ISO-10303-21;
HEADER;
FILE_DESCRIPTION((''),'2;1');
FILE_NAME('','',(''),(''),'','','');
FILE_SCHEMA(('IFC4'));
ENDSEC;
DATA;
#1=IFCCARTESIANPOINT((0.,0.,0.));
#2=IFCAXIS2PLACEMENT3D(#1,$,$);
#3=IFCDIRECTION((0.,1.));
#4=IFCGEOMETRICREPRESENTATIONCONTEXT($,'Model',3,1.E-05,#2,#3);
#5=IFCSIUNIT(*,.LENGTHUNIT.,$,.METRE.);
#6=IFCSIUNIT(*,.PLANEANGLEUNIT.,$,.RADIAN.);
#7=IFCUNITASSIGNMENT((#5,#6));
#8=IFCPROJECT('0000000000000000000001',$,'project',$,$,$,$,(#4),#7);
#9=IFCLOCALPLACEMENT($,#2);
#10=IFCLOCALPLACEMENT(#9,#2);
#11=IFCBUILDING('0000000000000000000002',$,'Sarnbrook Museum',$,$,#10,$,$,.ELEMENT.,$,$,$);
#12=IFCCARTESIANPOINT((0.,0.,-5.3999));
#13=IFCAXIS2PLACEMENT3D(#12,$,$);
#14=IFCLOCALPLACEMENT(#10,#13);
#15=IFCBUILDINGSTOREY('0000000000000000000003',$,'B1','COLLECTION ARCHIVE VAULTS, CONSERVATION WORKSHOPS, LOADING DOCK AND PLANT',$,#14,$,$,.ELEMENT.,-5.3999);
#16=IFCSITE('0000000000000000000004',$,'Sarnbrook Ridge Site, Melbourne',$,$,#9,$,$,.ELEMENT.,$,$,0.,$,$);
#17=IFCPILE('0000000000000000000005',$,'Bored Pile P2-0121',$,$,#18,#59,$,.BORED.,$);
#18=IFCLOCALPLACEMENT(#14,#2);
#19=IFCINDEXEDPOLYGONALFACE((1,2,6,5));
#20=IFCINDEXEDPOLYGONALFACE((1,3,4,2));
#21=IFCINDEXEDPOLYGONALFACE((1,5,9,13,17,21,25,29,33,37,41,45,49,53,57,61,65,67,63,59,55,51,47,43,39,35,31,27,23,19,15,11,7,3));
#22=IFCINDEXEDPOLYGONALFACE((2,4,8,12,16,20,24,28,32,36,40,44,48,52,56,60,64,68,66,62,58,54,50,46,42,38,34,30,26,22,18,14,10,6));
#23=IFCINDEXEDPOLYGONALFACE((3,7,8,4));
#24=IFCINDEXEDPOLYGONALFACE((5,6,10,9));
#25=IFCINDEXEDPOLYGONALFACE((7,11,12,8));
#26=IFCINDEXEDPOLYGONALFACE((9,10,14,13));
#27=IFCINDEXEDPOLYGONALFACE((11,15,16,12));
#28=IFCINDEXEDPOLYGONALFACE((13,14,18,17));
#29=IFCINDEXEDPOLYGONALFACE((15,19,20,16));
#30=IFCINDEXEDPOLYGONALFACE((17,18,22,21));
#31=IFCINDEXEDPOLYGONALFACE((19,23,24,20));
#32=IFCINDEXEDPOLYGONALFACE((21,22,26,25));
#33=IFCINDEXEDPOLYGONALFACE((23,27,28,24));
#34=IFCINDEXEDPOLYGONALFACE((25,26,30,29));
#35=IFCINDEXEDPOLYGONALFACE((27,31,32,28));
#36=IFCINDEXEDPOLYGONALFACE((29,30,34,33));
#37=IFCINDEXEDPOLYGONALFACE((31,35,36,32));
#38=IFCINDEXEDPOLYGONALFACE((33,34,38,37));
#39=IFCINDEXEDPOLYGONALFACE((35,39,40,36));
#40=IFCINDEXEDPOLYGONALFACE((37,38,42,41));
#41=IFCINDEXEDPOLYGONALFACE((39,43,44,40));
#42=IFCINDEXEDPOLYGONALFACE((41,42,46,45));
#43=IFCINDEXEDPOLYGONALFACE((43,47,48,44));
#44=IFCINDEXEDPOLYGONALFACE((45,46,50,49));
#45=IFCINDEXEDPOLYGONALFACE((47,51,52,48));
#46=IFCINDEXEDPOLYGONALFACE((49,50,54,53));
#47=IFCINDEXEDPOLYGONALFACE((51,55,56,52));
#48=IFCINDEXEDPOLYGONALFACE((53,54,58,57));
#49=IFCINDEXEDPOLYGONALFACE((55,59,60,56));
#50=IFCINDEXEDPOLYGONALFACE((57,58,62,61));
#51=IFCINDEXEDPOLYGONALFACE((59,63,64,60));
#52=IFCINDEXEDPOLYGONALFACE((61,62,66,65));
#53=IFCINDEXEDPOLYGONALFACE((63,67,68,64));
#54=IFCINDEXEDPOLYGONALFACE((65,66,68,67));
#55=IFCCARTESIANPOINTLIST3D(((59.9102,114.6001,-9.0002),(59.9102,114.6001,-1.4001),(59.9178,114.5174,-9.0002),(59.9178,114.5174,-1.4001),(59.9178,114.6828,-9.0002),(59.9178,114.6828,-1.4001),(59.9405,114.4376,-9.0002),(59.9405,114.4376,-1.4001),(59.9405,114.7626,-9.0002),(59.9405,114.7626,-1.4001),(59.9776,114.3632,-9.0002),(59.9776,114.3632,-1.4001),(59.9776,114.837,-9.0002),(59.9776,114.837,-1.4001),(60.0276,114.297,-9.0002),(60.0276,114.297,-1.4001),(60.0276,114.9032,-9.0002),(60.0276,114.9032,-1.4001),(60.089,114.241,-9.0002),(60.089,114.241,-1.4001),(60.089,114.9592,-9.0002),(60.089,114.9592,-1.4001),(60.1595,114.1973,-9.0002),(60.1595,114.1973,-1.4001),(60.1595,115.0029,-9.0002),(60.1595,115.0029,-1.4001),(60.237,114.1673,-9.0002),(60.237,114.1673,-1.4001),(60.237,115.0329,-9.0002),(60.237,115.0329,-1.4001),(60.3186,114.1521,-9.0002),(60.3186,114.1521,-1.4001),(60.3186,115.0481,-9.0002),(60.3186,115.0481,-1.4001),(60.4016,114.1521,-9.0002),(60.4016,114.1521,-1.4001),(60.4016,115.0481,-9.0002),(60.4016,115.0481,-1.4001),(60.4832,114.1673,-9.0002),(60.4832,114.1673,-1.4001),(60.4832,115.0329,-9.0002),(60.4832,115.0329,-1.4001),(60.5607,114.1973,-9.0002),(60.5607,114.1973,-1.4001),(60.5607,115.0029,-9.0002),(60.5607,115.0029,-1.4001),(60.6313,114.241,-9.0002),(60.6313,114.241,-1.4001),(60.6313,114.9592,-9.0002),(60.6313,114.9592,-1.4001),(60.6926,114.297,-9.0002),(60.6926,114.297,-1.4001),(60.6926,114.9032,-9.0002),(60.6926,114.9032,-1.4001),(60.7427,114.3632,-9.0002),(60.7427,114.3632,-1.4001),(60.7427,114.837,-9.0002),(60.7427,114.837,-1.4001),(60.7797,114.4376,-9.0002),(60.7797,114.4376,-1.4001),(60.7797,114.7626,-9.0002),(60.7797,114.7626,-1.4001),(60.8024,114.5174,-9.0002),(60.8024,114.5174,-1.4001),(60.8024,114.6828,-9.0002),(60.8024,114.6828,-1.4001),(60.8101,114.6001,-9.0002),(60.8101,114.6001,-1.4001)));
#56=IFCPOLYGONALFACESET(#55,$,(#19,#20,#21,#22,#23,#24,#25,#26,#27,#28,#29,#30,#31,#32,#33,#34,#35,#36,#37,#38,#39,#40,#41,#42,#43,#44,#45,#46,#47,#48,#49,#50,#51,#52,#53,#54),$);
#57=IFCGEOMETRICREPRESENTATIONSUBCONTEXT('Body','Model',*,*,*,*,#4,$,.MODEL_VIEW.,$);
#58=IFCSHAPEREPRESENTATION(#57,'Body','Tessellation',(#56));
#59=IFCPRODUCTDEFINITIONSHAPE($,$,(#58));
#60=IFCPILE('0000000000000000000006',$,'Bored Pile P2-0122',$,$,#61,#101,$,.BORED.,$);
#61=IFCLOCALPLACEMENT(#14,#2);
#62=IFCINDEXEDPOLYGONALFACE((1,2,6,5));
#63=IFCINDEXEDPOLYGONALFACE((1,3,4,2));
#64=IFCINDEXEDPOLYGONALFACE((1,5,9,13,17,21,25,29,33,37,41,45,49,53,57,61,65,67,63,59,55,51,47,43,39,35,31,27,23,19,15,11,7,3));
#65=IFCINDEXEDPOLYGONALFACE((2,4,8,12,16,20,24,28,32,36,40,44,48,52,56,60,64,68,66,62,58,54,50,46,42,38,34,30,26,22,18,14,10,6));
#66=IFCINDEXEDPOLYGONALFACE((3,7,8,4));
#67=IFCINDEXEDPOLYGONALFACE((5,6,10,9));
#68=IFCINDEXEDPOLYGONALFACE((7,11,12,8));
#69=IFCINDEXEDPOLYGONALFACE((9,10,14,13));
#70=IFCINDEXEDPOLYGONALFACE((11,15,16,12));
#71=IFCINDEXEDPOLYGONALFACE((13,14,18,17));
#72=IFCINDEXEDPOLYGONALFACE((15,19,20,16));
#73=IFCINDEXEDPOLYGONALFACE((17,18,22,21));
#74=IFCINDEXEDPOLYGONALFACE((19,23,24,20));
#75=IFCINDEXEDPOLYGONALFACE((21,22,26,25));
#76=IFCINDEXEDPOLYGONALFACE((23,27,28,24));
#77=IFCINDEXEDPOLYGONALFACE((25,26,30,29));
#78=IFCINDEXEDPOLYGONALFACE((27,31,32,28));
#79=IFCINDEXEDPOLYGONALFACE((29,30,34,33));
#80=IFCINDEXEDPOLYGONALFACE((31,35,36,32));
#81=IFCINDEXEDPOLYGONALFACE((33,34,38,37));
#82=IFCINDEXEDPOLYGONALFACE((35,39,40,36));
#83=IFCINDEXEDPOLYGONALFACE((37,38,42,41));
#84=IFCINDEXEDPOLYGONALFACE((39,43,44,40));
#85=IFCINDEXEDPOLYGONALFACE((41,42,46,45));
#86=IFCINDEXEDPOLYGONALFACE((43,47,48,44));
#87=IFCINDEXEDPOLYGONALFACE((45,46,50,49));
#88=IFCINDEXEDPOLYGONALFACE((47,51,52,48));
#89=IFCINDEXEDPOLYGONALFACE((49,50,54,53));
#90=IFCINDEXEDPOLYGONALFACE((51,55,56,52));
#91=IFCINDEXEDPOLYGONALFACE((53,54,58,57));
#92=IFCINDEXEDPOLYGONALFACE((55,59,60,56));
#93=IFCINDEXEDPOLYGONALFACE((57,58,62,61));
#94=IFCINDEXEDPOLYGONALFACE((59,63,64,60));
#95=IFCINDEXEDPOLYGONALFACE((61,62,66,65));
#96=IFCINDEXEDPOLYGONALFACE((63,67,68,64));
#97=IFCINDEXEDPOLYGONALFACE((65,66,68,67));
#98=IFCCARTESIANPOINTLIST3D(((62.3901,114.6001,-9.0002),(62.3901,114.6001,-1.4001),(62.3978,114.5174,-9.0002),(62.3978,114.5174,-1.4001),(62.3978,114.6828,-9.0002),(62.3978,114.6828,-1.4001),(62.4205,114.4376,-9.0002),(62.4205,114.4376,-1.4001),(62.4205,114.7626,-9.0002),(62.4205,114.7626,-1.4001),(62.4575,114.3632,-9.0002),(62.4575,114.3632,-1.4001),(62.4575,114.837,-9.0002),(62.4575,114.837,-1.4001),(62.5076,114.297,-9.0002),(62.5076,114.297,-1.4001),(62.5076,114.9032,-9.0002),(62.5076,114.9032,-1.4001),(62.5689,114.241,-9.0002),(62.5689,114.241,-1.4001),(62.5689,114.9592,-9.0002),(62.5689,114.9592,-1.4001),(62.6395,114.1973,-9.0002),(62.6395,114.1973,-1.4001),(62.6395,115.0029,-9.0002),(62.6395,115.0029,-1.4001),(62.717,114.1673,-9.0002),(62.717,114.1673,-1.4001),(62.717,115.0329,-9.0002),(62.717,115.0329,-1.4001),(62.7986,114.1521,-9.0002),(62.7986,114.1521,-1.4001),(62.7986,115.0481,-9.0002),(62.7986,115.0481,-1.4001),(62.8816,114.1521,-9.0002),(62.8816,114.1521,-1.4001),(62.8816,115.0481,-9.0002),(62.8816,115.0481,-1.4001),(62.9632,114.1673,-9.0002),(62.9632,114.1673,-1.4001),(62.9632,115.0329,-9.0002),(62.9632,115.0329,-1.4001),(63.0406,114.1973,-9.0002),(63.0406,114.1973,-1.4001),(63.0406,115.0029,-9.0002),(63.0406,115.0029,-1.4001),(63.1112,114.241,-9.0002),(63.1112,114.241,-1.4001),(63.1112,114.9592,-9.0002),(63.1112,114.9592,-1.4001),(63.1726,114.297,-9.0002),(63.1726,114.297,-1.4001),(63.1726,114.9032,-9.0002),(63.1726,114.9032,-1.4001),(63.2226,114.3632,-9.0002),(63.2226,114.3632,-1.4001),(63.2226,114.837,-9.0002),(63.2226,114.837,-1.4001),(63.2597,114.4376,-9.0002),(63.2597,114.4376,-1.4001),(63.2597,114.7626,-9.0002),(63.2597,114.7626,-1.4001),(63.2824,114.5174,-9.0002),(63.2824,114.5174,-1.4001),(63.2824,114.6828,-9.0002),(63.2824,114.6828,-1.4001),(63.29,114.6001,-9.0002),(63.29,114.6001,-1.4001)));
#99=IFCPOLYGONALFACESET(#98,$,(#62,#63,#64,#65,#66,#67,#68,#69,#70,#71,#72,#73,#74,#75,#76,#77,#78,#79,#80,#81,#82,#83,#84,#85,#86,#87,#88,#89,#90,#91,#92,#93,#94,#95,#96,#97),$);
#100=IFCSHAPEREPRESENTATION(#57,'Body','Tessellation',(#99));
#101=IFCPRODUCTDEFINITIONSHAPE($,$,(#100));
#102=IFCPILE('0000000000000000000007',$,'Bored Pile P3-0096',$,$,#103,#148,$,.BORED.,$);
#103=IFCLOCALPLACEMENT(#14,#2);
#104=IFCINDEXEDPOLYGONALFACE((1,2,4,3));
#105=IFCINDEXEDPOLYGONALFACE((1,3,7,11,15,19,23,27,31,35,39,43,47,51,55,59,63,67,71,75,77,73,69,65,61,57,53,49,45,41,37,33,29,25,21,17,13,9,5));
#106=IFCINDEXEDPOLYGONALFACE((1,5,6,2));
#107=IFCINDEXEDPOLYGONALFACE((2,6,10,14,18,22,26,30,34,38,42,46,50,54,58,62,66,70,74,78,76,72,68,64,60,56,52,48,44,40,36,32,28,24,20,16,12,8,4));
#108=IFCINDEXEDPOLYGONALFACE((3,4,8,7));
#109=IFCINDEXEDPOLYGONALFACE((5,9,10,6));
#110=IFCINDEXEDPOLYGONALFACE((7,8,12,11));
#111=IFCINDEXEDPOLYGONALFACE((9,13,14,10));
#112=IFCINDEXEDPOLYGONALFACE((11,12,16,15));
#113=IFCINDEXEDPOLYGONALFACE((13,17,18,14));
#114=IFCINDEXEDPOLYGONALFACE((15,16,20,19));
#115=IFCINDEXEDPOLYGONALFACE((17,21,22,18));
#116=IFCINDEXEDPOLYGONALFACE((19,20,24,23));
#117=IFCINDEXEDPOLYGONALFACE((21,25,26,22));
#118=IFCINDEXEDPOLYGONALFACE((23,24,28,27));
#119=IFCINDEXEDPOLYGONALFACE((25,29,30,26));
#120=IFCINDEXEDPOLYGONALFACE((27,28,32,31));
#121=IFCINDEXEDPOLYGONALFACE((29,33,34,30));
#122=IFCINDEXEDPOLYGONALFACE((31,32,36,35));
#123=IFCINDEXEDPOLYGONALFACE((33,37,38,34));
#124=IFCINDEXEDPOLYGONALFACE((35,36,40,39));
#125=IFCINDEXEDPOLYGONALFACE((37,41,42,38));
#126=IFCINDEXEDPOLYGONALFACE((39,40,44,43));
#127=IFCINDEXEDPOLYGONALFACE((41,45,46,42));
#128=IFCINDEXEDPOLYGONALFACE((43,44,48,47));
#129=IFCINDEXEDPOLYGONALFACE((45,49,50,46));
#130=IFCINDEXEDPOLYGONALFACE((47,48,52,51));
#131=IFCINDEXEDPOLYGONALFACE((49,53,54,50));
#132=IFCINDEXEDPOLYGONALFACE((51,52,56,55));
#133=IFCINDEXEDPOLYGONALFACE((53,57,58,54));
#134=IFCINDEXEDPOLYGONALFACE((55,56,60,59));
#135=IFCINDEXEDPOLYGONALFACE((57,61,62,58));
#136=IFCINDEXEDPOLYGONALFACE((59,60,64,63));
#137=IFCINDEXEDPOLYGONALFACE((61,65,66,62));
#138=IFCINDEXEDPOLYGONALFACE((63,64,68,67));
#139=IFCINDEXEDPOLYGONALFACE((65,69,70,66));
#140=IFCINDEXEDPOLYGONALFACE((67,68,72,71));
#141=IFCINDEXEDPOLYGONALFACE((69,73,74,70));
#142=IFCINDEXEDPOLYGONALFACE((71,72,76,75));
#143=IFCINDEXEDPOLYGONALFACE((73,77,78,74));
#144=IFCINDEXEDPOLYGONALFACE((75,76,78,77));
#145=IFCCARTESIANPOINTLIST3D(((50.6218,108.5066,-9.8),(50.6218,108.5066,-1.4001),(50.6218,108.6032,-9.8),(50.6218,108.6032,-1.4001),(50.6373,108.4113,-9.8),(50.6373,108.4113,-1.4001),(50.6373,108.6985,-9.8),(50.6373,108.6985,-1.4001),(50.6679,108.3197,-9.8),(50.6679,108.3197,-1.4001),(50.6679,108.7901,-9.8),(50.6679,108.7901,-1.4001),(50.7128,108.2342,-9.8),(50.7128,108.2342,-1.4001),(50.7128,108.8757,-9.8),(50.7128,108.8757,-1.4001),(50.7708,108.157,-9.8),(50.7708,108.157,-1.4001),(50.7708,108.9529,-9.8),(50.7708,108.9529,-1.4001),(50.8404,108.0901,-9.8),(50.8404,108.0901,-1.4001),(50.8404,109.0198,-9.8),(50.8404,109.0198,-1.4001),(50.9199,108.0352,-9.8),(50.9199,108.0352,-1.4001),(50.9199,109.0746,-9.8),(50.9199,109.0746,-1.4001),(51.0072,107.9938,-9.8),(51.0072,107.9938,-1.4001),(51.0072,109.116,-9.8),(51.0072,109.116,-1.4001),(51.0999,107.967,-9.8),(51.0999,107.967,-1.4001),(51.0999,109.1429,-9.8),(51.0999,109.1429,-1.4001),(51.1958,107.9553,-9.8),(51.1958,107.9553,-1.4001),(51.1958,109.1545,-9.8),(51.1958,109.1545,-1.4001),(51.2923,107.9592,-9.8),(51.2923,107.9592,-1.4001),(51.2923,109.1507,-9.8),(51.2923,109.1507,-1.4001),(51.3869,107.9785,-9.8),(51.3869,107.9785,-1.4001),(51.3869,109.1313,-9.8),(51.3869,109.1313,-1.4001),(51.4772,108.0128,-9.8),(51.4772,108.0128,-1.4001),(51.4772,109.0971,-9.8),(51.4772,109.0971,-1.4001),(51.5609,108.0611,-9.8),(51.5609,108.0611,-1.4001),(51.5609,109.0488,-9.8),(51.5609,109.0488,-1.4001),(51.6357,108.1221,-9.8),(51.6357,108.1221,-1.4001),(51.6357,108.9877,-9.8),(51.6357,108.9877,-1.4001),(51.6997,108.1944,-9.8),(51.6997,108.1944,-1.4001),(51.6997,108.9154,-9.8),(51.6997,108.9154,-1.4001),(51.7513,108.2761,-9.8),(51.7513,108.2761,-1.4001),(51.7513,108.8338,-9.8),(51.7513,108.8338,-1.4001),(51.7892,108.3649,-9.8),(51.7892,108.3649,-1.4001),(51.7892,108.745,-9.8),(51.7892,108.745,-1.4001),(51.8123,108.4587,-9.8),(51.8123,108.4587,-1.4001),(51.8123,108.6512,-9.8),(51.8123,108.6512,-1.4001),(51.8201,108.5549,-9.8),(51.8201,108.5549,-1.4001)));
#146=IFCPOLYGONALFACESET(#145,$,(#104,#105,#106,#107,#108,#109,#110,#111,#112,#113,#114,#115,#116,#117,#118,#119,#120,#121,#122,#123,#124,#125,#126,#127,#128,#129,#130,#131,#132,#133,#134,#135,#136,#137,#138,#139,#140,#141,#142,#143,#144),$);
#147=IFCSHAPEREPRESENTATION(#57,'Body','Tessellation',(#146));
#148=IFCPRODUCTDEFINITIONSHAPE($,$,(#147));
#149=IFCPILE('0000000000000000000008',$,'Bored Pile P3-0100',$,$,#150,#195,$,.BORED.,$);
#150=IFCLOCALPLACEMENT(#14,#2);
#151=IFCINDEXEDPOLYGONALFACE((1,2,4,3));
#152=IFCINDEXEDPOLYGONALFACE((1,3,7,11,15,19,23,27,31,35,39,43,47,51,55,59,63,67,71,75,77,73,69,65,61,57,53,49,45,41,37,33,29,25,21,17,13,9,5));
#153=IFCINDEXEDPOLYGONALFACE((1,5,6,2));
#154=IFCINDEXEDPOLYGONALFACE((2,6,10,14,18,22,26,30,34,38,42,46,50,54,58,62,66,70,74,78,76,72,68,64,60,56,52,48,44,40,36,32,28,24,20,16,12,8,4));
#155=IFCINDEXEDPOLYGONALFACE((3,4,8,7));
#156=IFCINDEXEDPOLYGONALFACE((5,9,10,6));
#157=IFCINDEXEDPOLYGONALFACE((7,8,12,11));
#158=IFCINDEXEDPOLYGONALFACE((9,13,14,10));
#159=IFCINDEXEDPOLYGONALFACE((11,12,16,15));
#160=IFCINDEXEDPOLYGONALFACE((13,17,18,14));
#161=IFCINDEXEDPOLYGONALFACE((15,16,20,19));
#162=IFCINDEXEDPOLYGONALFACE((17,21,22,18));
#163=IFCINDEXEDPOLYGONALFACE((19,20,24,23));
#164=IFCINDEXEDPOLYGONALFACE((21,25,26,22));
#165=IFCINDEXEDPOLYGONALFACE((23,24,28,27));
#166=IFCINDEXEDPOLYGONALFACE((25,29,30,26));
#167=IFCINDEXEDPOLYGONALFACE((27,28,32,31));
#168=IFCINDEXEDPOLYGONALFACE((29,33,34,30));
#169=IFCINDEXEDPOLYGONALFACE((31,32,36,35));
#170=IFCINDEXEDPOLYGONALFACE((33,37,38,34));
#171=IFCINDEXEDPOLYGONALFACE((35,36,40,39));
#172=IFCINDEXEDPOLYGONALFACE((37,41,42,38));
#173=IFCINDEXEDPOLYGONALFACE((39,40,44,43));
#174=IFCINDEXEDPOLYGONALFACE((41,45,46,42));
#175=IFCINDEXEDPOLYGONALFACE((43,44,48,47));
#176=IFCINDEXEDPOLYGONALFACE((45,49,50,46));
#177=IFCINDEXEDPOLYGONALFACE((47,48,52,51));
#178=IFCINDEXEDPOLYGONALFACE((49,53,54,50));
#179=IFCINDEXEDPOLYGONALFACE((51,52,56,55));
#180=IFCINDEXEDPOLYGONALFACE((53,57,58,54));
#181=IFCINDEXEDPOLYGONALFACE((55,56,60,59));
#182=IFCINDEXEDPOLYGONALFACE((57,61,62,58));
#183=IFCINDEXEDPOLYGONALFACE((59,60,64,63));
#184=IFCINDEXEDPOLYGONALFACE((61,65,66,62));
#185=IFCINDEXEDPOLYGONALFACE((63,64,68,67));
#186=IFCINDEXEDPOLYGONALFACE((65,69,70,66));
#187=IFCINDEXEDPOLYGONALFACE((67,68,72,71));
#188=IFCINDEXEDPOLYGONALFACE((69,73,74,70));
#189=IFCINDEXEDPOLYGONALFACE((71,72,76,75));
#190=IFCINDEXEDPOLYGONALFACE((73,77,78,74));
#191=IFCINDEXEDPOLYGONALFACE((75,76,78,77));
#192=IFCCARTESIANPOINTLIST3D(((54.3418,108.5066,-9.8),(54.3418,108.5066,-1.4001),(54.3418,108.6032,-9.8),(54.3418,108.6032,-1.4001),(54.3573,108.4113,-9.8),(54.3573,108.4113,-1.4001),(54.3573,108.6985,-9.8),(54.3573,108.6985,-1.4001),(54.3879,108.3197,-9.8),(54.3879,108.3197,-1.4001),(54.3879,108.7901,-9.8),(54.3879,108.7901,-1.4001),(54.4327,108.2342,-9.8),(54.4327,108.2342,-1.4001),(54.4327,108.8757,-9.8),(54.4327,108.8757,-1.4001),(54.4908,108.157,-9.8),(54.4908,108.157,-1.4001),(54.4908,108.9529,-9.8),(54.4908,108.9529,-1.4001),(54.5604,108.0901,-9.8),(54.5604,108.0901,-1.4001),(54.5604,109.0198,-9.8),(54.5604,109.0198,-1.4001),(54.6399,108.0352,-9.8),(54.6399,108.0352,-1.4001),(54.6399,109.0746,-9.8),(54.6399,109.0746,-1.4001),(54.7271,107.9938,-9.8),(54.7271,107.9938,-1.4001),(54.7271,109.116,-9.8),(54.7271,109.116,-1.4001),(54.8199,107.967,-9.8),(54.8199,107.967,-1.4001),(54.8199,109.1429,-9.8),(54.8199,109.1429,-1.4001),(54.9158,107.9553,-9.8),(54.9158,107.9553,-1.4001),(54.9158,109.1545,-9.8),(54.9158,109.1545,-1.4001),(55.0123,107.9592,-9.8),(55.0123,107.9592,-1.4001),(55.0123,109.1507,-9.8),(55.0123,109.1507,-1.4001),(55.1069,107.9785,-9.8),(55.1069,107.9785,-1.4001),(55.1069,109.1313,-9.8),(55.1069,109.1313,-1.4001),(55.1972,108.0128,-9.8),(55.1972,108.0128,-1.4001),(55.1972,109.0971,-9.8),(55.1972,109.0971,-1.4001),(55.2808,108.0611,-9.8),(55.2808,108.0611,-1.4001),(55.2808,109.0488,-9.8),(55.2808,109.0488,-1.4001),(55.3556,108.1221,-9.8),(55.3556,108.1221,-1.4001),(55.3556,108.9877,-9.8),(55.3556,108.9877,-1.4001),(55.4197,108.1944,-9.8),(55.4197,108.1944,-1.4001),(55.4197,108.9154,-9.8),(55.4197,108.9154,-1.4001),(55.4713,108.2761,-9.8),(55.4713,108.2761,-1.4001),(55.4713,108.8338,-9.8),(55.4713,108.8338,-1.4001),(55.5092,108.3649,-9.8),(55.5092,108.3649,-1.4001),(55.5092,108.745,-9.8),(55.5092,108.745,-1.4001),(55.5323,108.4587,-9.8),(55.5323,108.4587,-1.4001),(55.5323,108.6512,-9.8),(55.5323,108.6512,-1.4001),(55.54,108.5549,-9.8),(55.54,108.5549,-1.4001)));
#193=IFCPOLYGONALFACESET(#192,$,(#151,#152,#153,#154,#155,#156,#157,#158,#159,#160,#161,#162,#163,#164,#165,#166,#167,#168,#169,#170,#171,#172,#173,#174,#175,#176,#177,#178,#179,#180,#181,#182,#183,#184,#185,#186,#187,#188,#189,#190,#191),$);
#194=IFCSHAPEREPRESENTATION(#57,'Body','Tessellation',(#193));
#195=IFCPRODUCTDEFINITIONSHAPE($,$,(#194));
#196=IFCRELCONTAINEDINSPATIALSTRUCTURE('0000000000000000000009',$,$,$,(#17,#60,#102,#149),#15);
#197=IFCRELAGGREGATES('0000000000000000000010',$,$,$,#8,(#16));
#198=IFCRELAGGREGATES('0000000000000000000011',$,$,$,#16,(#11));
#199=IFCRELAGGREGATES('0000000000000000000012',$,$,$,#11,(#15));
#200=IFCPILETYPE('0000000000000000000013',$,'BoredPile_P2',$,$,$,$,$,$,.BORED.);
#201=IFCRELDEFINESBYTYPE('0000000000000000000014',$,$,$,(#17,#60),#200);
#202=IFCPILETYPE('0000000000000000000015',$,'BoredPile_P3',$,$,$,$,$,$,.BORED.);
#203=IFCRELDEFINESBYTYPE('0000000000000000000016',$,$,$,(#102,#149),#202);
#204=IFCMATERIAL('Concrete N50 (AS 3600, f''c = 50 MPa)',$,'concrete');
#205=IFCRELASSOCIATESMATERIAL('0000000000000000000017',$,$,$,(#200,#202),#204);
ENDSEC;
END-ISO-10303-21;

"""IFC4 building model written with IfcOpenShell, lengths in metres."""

from ifc_helpers import new_model, si_unit, direction, frame, origin, origin_2d, place, context, subcontext, project, spatial, circle, extrude, material, material_profile, profile_set, type_object, element, save


model = new_model("IFC4")

# Units and contexts
model_context = context("Model", 3, precision=1e-05, world=origin(), true_north=direction((0.0, 1.0)))
body_context = subcontext(model_context, "Body", "Model", "MODEL_VIEW")
ifc_project = project(units=[si_unit("LENGTHUNIT", "METRE"), si_unit("PLANEANGLEUNIT", "RADIAN")], contexts=[model_context])

# Site, building, storey
site_placement = place(None, origin())
site = spatial("IfcSite", under=ifc_project, at=site_placement, Name="Sarnbrook Ridge Site, Melbourne", CompositionType="ELEMENT", RefElevation=0.0)
building_placement = place(site_placement, origin())
building = spatial("IfcBuilding", under=site, at=building_placement, Name="Sarnbrook Museum", CompositionType="ELEMENT")
storey_placement = place(building_placement, frame((0.0, 0.0, -5.3999)))
storey = spatial("IfcBuildingStorey", under=building, at=storey_placement, Name="B1", Description="COLLECTION ARCHIVE VAULTS, CONSERVATION WORKSHOPS, LOADING DOCK AND PLANT", CompositionType="ELEMENT", Elevation=-5.3999)

# Piles
ifc_material_1 = material(Name="Concrete N50 (AS 3600, f'c = 50 MPa)", Category="concrete")
ifc_material_profile_1 = material_profile(ifc_material_1, circle(Radius=0.45, at=origin_2d()), Name="BORED PILE D900")
ifc_profile_set_1 = profile_set([ifc_material_profile_1], Name="Concrete N50 (AS 3600, f'c = 50 MPa)")
pile_type_1 = type_object("IfcPileType", Name="BoredPile_P2", PredefinedType="BORED", material=ifc_profile_set_1)
for number, where, z_axis, x_axis, name in (
    (1, (60.3601, 114.6001, -1.4001), (0.0, 0.0, -1.0), (1.0, 0.0, 0.0), "Bored Pile P2-0121"),
    (2, (62.8401, 114.6001, -1.4001), (0.0, 0.0, -1.0), (1.0, 0.0, 0.0), "Bored Pile P2-0122"),
):
    element("IfcPile", number, at=place(storey_placement, frame(where, z_axis=z_axis, x_axis=x_axis)), inside=storey, type_object=pile_type_1, Name=name, PredefinedType="BORED", context=body_context, shape_type="SweptSolid", body=[
        extrude(circle(Radius=0.45, at=origin_2d()), origin(), (0.0, 0.0, 1.0), 7.6001),
    ])
ifc_material_profile_2 = material_profile(ifc_material_1, circle(Radius=0.6001, at=origin_2d()), Name="BORED PILE D1200")
ifc_profile_set_2 = profile_set([ifc_material_profile_2], Name="Concrete N50 (AS 3600, f'c = 50 MPa)")
pile_type_2 = type_object("IfcPileType", Name="BoredPile_P3", PredefinedType="BORED", material=ifc_profile_set_2)
for number, where, z_axis, x_axis, name in (
    (3, (51.22, 108.5549, -1.4001), (0.0, 0.0, -1.0), (1.0, 0.0, 0.0), "Bored Pile P3-0096"),
    (4, (54.9399, 108.5549, -1.4001), (0.0, 0.0, -1.0), (1.0, 0.0, 0.0), "Bored Pile P3-0100"),
):
    element("IfcPile", number, at=place(storey_placement, frame(where, z_axis=z_axis, x_axis=x_axis)), inside=storey, type_object=pile_type_2, Name=name, PredefinedType="BORED", context=body_context, shape_type="SweptSolid", body=[
        extrude(circle(Radius=0.6001, at=origin_2d()), origin(), (0.0, 0.0, 1.0), 8.3999),
    ])

save(model, "model.ifc")
